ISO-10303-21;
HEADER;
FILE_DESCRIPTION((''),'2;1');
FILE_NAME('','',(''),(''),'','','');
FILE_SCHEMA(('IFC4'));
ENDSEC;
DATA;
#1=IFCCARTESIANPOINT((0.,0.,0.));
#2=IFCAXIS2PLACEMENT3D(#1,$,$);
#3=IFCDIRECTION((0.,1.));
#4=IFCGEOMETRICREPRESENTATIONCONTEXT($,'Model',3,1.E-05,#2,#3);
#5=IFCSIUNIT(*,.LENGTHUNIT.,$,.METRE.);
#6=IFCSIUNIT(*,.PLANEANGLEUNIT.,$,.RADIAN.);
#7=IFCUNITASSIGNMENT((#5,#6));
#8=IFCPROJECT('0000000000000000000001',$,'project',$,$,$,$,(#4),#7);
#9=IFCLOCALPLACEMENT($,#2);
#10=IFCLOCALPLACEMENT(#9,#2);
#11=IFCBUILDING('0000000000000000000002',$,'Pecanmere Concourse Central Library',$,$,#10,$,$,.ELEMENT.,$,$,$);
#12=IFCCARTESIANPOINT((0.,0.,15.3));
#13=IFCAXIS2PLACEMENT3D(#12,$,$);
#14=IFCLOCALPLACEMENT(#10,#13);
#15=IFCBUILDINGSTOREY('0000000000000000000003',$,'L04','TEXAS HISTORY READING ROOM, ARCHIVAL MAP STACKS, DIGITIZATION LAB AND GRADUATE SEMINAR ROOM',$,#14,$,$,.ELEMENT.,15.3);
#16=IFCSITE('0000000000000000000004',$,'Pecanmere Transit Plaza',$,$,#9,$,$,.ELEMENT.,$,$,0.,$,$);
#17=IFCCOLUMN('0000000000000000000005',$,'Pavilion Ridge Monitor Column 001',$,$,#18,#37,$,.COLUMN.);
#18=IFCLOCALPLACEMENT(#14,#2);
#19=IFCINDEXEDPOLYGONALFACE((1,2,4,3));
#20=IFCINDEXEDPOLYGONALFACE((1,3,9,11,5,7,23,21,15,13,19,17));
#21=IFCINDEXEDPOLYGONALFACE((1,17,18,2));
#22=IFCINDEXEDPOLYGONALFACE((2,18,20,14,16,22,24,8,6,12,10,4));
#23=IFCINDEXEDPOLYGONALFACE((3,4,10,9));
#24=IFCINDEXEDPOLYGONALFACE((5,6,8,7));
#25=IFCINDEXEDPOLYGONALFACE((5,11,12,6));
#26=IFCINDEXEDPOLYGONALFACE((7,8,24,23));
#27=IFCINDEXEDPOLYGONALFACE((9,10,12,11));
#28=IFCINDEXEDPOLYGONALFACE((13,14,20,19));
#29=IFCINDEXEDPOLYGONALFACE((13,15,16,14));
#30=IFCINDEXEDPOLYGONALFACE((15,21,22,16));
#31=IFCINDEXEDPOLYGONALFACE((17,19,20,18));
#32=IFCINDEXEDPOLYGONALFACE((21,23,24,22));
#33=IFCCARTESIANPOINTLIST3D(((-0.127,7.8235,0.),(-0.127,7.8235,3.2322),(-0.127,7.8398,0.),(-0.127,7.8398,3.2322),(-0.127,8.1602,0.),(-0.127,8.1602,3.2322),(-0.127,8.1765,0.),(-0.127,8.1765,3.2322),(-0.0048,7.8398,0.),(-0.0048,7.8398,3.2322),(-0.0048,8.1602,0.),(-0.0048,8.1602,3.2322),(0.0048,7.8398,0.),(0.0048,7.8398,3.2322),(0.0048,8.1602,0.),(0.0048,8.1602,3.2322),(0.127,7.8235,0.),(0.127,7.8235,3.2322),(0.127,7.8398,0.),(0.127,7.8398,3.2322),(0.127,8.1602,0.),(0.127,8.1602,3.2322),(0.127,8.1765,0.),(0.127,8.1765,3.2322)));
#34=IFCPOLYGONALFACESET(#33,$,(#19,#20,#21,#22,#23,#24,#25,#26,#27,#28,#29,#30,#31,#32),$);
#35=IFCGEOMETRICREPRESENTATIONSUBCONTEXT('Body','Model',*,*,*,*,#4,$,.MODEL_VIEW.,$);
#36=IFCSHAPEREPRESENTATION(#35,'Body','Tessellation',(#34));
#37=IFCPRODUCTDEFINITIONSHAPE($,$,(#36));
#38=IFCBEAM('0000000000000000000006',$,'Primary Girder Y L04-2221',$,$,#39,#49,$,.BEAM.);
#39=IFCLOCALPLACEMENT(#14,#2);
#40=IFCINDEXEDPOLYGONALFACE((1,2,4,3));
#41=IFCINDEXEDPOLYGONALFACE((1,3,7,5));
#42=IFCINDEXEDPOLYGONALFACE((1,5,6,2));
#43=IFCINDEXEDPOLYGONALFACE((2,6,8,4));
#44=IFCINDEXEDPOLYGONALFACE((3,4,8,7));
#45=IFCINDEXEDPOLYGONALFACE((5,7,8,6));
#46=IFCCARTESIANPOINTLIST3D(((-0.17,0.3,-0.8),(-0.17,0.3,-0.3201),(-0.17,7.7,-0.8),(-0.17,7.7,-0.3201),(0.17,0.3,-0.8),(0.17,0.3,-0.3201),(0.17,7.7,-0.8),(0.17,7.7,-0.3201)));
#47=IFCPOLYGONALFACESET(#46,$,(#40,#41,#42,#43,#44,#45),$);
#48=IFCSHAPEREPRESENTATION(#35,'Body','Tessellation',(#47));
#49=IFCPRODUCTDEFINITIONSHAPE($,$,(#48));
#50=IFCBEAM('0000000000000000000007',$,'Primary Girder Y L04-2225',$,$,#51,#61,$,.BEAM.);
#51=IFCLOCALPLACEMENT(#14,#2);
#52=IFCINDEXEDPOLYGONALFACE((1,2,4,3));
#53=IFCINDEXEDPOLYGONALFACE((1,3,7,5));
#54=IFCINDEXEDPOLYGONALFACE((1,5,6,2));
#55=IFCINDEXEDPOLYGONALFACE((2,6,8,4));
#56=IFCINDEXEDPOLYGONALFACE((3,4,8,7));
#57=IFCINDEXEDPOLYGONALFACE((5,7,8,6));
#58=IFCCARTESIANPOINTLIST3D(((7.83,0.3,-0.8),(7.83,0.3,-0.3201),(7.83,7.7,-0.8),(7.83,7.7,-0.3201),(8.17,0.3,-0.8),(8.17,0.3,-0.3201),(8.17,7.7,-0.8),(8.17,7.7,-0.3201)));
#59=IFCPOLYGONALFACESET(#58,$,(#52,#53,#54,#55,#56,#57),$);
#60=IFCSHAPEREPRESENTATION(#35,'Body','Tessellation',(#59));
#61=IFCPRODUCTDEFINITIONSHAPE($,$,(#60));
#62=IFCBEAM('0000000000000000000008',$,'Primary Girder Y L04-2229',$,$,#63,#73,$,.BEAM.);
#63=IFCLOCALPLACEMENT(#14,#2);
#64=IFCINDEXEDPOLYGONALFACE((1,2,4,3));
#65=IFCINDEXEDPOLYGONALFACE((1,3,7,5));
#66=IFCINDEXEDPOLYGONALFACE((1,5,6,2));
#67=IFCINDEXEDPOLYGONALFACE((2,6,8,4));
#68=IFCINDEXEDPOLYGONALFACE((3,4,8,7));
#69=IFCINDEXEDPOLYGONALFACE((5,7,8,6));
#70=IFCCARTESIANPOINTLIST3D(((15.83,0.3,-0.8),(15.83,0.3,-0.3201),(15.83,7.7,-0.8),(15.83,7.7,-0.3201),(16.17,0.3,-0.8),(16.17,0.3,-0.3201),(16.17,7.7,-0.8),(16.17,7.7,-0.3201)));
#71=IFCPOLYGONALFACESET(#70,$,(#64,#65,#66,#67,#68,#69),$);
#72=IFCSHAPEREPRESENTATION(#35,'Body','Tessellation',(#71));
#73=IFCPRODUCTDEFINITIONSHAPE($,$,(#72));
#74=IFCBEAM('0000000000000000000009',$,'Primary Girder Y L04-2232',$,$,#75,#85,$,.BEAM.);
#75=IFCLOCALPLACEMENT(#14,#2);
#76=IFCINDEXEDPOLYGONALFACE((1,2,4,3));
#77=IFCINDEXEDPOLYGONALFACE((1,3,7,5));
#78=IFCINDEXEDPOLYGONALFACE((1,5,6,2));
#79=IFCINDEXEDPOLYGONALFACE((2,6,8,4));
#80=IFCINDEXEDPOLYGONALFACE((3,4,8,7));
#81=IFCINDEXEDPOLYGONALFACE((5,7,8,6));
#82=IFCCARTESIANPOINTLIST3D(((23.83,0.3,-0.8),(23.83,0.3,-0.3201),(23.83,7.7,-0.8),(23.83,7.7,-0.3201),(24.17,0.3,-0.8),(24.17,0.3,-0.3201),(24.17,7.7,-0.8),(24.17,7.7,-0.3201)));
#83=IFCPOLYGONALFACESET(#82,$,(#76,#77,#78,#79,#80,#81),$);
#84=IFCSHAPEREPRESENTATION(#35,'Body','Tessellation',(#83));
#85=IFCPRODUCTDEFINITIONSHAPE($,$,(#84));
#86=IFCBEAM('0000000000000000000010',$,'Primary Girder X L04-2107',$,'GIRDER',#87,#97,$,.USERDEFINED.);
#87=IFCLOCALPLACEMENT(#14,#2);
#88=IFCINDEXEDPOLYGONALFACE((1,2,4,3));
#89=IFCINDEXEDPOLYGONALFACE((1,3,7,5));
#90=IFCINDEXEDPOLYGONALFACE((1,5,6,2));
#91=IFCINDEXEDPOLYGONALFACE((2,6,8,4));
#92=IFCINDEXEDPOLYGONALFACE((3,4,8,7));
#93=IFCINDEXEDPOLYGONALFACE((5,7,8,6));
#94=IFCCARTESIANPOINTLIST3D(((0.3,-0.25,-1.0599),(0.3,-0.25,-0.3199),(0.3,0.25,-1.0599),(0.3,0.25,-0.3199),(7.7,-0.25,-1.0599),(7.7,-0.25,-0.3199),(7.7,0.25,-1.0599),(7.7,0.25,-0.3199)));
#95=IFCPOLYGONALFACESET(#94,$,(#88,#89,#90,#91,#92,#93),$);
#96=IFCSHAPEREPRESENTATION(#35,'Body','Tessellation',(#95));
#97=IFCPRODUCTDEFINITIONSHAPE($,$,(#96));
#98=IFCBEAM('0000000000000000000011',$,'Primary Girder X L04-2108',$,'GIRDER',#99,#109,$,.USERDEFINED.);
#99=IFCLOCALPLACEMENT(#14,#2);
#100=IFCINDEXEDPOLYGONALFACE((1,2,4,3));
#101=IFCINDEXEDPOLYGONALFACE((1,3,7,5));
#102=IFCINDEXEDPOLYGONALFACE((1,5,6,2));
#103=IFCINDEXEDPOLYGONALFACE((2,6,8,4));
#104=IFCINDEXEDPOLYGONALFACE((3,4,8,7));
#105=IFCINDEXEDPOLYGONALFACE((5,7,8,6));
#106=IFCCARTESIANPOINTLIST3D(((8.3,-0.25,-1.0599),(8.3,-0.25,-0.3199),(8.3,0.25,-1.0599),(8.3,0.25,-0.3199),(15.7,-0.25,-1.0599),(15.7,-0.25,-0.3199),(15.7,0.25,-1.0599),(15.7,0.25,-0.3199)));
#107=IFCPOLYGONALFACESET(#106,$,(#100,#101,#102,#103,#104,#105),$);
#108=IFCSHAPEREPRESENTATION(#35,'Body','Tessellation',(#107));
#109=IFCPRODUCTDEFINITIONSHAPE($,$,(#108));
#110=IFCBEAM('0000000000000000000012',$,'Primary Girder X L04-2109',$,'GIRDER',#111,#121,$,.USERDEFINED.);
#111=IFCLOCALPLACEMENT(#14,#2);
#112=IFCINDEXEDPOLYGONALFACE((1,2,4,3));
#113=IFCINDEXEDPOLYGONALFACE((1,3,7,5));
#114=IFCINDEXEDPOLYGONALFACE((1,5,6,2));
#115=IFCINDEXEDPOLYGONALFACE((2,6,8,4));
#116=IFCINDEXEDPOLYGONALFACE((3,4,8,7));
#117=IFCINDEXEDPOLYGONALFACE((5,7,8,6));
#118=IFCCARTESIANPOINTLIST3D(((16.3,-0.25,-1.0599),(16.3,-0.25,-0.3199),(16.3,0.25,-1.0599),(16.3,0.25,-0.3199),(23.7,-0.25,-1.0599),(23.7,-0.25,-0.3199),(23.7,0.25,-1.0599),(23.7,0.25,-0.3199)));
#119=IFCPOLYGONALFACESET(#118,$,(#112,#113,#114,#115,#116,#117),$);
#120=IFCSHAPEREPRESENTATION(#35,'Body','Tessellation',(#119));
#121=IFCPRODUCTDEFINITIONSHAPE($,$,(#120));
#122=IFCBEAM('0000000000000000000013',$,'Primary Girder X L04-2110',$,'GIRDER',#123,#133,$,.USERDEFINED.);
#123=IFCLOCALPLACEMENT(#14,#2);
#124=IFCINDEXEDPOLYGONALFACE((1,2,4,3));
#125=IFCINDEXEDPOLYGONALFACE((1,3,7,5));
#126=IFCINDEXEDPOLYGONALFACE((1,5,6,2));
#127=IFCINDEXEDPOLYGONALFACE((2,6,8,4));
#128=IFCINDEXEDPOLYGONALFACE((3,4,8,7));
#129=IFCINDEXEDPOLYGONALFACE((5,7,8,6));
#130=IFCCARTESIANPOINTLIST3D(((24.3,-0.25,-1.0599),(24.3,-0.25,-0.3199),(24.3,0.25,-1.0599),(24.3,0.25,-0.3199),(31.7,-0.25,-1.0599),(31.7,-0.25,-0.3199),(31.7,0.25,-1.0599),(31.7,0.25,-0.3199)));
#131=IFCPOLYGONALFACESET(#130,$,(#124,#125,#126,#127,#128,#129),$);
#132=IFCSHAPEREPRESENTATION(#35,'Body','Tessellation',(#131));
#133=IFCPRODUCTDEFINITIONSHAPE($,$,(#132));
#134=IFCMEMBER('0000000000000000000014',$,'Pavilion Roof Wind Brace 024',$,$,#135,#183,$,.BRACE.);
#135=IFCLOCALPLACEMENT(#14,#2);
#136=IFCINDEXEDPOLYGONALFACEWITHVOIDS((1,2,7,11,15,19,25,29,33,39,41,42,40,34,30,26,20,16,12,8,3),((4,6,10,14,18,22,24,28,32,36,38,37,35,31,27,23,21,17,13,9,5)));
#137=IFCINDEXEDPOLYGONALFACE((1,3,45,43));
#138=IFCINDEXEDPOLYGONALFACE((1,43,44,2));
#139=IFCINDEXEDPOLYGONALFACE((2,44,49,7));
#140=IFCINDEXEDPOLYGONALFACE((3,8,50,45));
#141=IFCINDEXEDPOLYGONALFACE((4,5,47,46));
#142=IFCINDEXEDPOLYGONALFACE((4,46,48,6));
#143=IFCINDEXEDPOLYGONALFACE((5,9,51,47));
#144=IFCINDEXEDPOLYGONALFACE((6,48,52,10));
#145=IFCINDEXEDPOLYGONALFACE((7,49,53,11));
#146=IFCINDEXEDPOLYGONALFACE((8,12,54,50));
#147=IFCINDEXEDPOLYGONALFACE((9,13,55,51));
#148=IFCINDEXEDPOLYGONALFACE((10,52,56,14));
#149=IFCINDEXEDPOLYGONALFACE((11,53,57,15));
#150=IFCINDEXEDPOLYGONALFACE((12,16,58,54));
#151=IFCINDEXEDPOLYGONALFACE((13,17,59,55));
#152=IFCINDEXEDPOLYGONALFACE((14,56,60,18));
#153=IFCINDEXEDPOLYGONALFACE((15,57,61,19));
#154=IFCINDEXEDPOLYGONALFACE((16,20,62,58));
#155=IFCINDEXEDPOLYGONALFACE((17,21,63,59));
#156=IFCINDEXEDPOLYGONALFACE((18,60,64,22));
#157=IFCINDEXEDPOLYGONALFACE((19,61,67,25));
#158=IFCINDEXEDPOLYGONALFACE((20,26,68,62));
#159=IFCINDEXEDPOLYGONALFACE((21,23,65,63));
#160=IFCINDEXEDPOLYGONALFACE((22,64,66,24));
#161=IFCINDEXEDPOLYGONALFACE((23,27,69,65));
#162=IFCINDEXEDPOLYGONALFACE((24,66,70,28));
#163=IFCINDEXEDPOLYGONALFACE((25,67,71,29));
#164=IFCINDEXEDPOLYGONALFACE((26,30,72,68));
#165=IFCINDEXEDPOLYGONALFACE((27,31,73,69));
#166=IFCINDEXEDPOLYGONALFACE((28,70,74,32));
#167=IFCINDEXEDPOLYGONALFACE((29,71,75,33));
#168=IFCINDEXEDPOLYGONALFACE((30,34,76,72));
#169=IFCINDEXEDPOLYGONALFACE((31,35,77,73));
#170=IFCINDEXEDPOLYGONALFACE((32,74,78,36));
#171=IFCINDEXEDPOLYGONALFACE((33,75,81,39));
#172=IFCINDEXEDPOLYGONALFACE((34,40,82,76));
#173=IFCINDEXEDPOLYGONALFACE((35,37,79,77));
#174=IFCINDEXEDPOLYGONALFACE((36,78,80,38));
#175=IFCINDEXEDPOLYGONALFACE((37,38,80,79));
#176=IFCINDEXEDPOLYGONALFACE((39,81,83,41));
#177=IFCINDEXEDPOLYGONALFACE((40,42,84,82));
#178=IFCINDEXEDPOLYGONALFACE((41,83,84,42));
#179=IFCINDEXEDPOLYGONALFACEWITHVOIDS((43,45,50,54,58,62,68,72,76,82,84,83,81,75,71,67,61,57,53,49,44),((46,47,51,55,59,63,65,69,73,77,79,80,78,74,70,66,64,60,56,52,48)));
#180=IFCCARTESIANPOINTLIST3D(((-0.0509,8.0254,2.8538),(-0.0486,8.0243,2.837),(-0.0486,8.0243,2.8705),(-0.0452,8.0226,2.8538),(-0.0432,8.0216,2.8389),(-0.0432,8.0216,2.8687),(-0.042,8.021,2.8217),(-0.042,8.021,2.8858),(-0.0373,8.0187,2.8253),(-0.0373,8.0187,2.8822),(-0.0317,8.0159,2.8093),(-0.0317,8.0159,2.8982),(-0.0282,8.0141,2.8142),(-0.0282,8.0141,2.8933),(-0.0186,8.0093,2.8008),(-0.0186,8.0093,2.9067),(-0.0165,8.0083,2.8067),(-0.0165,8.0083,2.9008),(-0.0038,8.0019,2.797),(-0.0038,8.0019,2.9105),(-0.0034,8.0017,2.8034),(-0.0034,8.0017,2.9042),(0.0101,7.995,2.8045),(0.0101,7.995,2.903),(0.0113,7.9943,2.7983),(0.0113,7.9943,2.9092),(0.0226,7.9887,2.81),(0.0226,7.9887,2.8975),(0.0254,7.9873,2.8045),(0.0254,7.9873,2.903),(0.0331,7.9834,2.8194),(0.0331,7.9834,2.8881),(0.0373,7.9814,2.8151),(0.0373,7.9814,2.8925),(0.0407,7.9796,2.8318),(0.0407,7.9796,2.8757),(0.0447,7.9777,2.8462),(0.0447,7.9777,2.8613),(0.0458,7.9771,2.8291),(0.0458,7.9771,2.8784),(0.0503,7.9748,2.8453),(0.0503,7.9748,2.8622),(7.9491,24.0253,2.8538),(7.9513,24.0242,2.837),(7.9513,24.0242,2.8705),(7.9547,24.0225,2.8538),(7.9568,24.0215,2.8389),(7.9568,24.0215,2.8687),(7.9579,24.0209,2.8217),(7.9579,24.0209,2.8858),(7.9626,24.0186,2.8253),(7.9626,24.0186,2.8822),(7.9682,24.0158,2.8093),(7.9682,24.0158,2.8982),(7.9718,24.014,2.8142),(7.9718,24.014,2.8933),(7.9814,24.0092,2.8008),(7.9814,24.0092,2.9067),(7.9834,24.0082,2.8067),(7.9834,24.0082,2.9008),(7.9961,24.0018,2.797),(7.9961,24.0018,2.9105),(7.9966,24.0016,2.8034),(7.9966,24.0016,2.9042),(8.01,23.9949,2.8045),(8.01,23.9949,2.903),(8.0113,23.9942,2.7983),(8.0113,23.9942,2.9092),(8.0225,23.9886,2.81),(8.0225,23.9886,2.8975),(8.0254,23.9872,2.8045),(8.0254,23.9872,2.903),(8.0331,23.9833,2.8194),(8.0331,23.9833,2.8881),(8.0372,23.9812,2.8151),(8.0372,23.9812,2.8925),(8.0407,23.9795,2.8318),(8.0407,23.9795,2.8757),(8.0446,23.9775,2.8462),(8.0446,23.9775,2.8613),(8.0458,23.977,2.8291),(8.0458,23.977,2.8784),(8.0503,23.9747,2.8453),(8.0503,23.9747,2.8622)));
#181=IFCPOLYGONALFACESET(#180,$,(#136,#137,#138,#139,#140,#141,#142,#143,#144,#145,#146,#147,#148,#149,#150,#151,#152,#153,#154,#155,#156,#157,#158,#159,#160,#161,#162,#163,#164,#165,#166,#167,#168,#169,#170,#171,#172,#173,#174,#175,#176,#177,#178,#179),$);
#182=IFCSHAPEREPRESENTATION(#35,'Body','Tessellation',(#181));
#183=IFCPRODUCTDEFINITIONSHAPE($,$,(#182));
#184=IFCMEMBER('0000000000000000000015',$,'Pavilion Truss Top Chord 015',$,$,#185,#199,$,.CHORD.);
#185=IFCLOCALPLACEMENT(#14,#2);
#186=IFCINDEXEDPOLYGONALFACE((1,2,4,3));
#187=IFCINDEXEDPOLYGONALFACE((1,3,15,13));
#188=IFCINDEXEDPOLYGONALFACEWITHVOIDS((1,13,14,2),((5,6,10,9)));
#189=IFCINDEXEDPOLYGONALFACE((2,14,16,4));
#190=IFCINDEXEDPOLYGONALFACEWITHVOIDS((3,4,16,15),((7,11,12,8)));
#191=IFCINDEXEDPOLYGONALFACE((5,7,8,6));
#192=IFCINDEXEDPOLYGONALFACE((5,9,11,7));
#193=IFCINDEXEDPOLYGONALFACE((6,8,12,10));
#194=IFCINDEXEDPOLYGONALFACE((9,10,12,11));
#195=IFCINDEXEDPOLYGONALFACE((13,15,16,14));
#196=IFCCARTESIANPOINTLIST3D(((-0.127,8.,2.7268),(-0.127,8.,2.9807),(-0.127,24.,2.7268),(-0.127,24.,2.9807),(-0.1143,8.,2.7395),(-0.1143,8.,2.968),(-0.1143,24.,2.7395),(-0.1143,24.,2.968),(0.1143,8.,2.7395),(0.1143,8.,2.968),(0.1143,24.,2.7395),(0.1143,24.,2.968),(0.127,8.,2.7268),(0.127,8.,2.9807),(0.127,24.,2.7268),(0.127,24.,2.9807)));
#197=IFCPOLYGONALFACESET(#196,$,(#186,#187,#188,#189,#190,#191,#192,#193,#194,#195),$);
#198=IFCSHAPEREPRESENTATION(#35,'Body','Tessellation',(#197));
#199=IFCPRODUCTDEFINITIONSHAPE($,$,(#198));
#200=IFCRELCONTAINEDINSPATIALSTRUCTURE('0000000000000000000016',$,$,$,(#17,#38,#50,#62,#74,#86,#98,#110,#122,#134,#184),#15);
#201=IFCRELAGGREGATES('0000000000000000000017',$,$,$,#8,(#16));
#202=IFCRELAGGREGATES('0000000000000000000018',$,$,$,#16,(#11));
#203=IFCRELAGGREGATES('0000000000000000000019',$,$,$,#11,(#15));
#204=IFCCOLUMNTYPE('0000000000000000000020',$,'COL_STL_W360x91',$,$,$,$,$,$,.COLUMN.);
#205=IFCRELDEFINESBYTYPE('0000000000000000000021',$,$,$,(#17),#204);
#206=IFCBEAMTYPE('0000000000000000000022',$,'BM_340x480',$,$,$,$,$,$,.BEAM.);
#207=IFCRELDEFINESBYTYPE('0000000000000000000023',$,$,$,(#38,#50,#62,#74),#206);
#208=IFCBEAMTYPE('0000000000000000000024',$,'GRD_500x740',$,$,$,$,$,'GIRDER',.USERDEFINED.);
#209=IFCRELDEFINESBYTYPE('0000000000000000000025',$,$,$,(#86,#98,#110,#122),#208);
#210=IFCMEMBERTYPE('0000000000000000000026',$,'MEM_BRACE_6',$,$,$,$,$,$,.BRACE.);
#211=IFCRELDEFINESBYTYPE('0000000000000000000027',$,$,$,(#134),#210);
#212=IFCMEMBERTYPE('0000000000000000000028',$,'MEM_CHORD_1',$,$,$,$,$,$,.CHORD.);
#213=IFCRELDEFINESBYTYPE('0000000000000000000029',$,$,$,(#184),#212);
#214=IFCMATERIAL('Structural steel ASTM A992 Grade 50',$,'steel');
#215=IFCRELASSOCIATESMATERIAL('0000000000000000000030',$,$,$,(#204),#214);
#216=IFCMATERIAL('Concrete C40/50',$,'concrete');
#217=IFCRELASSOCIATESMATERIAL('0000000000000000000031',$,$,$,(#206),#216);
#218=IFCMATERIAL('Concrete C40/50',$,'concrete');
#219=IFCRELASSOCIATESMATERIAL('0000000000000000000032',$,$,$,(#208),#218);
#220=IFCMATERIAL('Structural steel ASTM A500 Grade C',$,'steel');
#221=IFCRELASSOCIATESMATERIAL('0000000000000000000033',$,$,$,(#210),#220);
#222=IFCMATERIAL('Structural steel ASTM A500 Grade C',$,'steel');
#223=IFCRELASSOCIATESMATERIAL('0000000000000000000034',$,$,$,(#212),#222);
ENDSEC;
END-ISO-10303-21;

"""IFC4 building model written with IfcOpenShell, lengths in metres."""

from ifc_helpers import new_model, si_unit, direction, frame, origin, origin_2d, place, context, subcontext, project, spatial, rectangle, hollow_rectangle, hollow_circle, i_section, extrude, material, material_profile, profile_set, type_object, element, save


model = new_model("IFC4")

# Units and contexts
model_context = context("Model", 3, precision=1e-05, world=origin(), true_north=direction((0.0, 1.0)))
body_context = subcontext(model_context, "Body", "Model", "MODEL_VIEW")
ifc_project = project(units=[si_unit("LENGTHUNIT", "METRE"), si_unit("PLANEANGLEUNIT", "RADIAN")], contexts=[model_context])

# Site, building, storey
site_placement = place(None, origin())
site = spatial("IfcSite", under=ifc_project, at=site_placement, Name="Pecanmere Transit Plaza", CompositionType="ELEMENT", RefElevation=0.0)
building_placement = place(site_placement, origin())
building = spatial("IfcBuilding", under=site, at=building_placement, Name="Pecanmere Concourse Central Library", CompositionType="ELEMENT")
storey_placement = place(building_placement, frame((0.0, 0.0, 15.3)))
storey = spatial("IfcBuildingStorey", under=building, at=storey_placement, Name="L04", Description="TEXAS HISTORY READING ROOM, ARCHIVAL MAP STACKS, DIGITIZATION LAB AND GRADUATE SEMINAR ROOM", CompositionType="ELEMENT", Elevation=15.3)

# Column
ifc_material_1 = material(Name="Structural steel ASTM A992 Grade 50", Category="steel")
ifc_material_profile_1 = material_profile(ifc_material_1, i_section(OverallWidth=0.2539, OverallDepth=0.353, WebThickness=0.0095, FlangeThickness=0.0164, at=origin_2d()), Name="W360x91")
ifc_profile_set_1 = profile_set([ifc_material_profile_1], Name="Structural steel ASTM A992 Grade 50")
column_type = type_object("IfcColumnType", Name="COL_STL_W360x91", PredefinedType="COLUMN", material=ifc_profile_set_1)
column_placement = place(storey_placement, frame((0.0, 8.0, 0.0), z_axis=(0.0, 0.0, 1.0), x_axis=(1.0, 0.0, 0.0)))
element("IfcColumn", 1, at=column_placement, inside=storey, type_object=column_type, Name="Pavilion Ridge Monitor Column 001", PredefinedType="COLUMN", context=body_context, shape_type="SweptSolid", body=[
    extrude(i_section(OverallWidth=0.2539, OverallDepth=0.353, WebThickness=0.0095, FlangeThickness=0.0164, at=origin_2d()), origin(), (0.0, 0.0, 1.0), 3.2322),
])

# Beams
ifc_material_2 = material(Name="Concrete C40/50", Category="concrete")
ifc_material_profile_2 = material_profile(ifc_material_2, rectangle(XDim=0.3401, YDim=0.48, at=origin_2d()), Name="RC 340x480")
ifc_profile_set_2 = profile_set([ifc_material_profile_2], Name="Concrete C40/50")
beam_type_1 = type_object("IfcBeamType", Name="BM_340x480", PredefinedType="BEAM", material=ifc_profile_set_2)
for number, where, z_axis, x_axis, name in (
    (2, (0.0, 0.3, -0.5601), (0.0, 1.0, 0.0), (-1.0, 0.0, 0.0), "Primary Girder Y L04-2221"),
    (3, (8.0, 0.3, -0.5601), (0.0, 1.0, 0.0), (-1.0, 0.0, 0.0), "Primary Girder Y L04-2225"),
    (4, (16.0, 0.3, -0.5601), (0.0, 1.0, 0.0), (-1.0, 0.0, 0.0), "Primary Girder Y L04-2229"),
    (5, (24.0, 0.3, -0.5601), (0.0, 1.0, 0.0), (-1.0, 0.0, 0.0), "Primary Girder Y L04-2232"),
):
    element("IfcBeam", number, at=place(storey_placement, frame(where, z_axis=z_axis, x_axis=x_axis)), inside=storey, type_object=beam_type_1, Name=name, PredefinedType="BEAM", context=body_context, shape_type="SweptSolid", body=[
        extrude(rectangle(XDim=0.3401, YDim=0.48, at=origin_2d()), origin(), (0.0, 0.0, 1.0), 7.3999),
    ])
ifc_material_3 = material(Name="Concrete C40/50", Category="concrete")
ifc_material_profile_3 = material_profile(ifc_material_3, rectangle(XDim=0.5, YDim=0.74, at=origin_2d()), Name="RC 500x740")
ifc_profile_set_3 = profile_set([ifc_material_profile_3], Name="Concrete C40/50")
beam_type_2 = type_object("IfcBeamType", Name="GRD_500x740", ElementType="GIRDER", PredefinedType="USERDEFINED", material=ifc_profile_set_3)
for number, where, z_axis, x_axis, name in (
    (6, (0.3, 0.0, -0.6899), (1.0, 0.0, 0.0), (0.0, 1.0, 0.0), "Primary Girder X L04-2107"),
    (7, (8.3, 0.0, -0.6899), (1.0, 0.0, 0.0), (0.0, 1.0, 0.0), "Primary Girder X L04-2108"),
    (8, (16.3, 0.0, -0.6899), (1.0, 0.0, 0.0), (0.0, 1.0, 0.0), "Primary Girder X L04-2109"),
    (9, (24.3, 0.0, -0.6899), (1.0, 0.0, 0.0), (0.0, 1.0, 0.0), "Primary Girder X L04-2110"),
):
    element("IfcBeam", number, at=place(storey_placement, frame(where, z_axis=z_axis, x_axis=x_axis)), inside=storey, type_object=beam_type_2, Name=name, ObjectType="GIRDER", PredefinedType="USERDEFINED", context=body_context, shape_type="SweptSolid", body=[
        extrude(rectangle(XDim=0.5, YDim=0.74, at=origin_2d()), origin(), (0.0, 0.0, 1.0), 7.3999),
    ])

# Members
ifc_material_4 = material(Name="Structural steel ASTM A500 Grade C", Category="steel")
ifc_material_profile_4 = material_profile(ifc_material_4, hollow_circle(Radius=0.0569, WallThickness=0.0063, at=origin_2d()), Name="HSS114.3x6.4")
ifc_profile_set_4 = profile_set([ifc_material_profile_4], Name="Structural steel ASTM A500 Grade C")
member_type_1 = type_object("IfcMemberType", Name="MEM_BRACE_6", PredefinedType="BRACE", material=ifc_profile_set_4)
member_1_placement = place(storey_placement, frame((0.0, 8.0, 2.8538), z_axis=(0.447214, 0.894427, 0.0), x_axis=(-0.894427, 0.447214, 0.0)))
element("IfcMember", 10, at=member_1_placement, inside=storey, type_object=member_type_1, Name="Pavilion Roof Wind Brace 024", PredefinedType="BRACE", context=body_context, shape_type="SweptSolid", body=[
    extrude(hollow_circle(Radius=0.0569, WallThickness=0.0063, at=origin_2d()), origin(), (0.0, 0.0, 1.0), 17.8884),
])
ifc_material_5 = material(Name="Structural steel ASTM A500 Grade C", Category="steel")
ifc_material_profile_5 = material_profile(ifc_material_5, hollow_rectangle(XDim=0.2539, YDim=0.2539, WallThickness=0.0127, at=origin_2d()), Name="HSS254x254x12.7")
ifc_profile_set_5 = profile_set([ifc_material_profile_5], Name="Structural steel ASTM A500 Grade C")
member_type_2 = type_object("IfcMemberType", Name="MEM_CHORD_1", PredefinedType="CHORD", material=ifc_profile_set_5)
member_2_placement = place(storey_placement, frame((0.0, 8.0, 2.8538), z_axis=(0.0, 1.0, 0.0), x_axis=(-1.0, 0.0, 0.0)))
element("IfcMember", 11, at=member_2_placement, inside=storey, type_object=member_type_2, Name="Pavilion Truss Top Chord 015", PredefinedType="CHORD", context=body_context, shape_type="SweptSolid", body=[
    extrude(hollow_rectangle(XDim=0.2539, YDim=0.2539, WallThickness=0.0127, at=origin_2d()), origin(), (0.0, 0.0, 1.0), 16.0),
])

save(model, "model.ifc")
